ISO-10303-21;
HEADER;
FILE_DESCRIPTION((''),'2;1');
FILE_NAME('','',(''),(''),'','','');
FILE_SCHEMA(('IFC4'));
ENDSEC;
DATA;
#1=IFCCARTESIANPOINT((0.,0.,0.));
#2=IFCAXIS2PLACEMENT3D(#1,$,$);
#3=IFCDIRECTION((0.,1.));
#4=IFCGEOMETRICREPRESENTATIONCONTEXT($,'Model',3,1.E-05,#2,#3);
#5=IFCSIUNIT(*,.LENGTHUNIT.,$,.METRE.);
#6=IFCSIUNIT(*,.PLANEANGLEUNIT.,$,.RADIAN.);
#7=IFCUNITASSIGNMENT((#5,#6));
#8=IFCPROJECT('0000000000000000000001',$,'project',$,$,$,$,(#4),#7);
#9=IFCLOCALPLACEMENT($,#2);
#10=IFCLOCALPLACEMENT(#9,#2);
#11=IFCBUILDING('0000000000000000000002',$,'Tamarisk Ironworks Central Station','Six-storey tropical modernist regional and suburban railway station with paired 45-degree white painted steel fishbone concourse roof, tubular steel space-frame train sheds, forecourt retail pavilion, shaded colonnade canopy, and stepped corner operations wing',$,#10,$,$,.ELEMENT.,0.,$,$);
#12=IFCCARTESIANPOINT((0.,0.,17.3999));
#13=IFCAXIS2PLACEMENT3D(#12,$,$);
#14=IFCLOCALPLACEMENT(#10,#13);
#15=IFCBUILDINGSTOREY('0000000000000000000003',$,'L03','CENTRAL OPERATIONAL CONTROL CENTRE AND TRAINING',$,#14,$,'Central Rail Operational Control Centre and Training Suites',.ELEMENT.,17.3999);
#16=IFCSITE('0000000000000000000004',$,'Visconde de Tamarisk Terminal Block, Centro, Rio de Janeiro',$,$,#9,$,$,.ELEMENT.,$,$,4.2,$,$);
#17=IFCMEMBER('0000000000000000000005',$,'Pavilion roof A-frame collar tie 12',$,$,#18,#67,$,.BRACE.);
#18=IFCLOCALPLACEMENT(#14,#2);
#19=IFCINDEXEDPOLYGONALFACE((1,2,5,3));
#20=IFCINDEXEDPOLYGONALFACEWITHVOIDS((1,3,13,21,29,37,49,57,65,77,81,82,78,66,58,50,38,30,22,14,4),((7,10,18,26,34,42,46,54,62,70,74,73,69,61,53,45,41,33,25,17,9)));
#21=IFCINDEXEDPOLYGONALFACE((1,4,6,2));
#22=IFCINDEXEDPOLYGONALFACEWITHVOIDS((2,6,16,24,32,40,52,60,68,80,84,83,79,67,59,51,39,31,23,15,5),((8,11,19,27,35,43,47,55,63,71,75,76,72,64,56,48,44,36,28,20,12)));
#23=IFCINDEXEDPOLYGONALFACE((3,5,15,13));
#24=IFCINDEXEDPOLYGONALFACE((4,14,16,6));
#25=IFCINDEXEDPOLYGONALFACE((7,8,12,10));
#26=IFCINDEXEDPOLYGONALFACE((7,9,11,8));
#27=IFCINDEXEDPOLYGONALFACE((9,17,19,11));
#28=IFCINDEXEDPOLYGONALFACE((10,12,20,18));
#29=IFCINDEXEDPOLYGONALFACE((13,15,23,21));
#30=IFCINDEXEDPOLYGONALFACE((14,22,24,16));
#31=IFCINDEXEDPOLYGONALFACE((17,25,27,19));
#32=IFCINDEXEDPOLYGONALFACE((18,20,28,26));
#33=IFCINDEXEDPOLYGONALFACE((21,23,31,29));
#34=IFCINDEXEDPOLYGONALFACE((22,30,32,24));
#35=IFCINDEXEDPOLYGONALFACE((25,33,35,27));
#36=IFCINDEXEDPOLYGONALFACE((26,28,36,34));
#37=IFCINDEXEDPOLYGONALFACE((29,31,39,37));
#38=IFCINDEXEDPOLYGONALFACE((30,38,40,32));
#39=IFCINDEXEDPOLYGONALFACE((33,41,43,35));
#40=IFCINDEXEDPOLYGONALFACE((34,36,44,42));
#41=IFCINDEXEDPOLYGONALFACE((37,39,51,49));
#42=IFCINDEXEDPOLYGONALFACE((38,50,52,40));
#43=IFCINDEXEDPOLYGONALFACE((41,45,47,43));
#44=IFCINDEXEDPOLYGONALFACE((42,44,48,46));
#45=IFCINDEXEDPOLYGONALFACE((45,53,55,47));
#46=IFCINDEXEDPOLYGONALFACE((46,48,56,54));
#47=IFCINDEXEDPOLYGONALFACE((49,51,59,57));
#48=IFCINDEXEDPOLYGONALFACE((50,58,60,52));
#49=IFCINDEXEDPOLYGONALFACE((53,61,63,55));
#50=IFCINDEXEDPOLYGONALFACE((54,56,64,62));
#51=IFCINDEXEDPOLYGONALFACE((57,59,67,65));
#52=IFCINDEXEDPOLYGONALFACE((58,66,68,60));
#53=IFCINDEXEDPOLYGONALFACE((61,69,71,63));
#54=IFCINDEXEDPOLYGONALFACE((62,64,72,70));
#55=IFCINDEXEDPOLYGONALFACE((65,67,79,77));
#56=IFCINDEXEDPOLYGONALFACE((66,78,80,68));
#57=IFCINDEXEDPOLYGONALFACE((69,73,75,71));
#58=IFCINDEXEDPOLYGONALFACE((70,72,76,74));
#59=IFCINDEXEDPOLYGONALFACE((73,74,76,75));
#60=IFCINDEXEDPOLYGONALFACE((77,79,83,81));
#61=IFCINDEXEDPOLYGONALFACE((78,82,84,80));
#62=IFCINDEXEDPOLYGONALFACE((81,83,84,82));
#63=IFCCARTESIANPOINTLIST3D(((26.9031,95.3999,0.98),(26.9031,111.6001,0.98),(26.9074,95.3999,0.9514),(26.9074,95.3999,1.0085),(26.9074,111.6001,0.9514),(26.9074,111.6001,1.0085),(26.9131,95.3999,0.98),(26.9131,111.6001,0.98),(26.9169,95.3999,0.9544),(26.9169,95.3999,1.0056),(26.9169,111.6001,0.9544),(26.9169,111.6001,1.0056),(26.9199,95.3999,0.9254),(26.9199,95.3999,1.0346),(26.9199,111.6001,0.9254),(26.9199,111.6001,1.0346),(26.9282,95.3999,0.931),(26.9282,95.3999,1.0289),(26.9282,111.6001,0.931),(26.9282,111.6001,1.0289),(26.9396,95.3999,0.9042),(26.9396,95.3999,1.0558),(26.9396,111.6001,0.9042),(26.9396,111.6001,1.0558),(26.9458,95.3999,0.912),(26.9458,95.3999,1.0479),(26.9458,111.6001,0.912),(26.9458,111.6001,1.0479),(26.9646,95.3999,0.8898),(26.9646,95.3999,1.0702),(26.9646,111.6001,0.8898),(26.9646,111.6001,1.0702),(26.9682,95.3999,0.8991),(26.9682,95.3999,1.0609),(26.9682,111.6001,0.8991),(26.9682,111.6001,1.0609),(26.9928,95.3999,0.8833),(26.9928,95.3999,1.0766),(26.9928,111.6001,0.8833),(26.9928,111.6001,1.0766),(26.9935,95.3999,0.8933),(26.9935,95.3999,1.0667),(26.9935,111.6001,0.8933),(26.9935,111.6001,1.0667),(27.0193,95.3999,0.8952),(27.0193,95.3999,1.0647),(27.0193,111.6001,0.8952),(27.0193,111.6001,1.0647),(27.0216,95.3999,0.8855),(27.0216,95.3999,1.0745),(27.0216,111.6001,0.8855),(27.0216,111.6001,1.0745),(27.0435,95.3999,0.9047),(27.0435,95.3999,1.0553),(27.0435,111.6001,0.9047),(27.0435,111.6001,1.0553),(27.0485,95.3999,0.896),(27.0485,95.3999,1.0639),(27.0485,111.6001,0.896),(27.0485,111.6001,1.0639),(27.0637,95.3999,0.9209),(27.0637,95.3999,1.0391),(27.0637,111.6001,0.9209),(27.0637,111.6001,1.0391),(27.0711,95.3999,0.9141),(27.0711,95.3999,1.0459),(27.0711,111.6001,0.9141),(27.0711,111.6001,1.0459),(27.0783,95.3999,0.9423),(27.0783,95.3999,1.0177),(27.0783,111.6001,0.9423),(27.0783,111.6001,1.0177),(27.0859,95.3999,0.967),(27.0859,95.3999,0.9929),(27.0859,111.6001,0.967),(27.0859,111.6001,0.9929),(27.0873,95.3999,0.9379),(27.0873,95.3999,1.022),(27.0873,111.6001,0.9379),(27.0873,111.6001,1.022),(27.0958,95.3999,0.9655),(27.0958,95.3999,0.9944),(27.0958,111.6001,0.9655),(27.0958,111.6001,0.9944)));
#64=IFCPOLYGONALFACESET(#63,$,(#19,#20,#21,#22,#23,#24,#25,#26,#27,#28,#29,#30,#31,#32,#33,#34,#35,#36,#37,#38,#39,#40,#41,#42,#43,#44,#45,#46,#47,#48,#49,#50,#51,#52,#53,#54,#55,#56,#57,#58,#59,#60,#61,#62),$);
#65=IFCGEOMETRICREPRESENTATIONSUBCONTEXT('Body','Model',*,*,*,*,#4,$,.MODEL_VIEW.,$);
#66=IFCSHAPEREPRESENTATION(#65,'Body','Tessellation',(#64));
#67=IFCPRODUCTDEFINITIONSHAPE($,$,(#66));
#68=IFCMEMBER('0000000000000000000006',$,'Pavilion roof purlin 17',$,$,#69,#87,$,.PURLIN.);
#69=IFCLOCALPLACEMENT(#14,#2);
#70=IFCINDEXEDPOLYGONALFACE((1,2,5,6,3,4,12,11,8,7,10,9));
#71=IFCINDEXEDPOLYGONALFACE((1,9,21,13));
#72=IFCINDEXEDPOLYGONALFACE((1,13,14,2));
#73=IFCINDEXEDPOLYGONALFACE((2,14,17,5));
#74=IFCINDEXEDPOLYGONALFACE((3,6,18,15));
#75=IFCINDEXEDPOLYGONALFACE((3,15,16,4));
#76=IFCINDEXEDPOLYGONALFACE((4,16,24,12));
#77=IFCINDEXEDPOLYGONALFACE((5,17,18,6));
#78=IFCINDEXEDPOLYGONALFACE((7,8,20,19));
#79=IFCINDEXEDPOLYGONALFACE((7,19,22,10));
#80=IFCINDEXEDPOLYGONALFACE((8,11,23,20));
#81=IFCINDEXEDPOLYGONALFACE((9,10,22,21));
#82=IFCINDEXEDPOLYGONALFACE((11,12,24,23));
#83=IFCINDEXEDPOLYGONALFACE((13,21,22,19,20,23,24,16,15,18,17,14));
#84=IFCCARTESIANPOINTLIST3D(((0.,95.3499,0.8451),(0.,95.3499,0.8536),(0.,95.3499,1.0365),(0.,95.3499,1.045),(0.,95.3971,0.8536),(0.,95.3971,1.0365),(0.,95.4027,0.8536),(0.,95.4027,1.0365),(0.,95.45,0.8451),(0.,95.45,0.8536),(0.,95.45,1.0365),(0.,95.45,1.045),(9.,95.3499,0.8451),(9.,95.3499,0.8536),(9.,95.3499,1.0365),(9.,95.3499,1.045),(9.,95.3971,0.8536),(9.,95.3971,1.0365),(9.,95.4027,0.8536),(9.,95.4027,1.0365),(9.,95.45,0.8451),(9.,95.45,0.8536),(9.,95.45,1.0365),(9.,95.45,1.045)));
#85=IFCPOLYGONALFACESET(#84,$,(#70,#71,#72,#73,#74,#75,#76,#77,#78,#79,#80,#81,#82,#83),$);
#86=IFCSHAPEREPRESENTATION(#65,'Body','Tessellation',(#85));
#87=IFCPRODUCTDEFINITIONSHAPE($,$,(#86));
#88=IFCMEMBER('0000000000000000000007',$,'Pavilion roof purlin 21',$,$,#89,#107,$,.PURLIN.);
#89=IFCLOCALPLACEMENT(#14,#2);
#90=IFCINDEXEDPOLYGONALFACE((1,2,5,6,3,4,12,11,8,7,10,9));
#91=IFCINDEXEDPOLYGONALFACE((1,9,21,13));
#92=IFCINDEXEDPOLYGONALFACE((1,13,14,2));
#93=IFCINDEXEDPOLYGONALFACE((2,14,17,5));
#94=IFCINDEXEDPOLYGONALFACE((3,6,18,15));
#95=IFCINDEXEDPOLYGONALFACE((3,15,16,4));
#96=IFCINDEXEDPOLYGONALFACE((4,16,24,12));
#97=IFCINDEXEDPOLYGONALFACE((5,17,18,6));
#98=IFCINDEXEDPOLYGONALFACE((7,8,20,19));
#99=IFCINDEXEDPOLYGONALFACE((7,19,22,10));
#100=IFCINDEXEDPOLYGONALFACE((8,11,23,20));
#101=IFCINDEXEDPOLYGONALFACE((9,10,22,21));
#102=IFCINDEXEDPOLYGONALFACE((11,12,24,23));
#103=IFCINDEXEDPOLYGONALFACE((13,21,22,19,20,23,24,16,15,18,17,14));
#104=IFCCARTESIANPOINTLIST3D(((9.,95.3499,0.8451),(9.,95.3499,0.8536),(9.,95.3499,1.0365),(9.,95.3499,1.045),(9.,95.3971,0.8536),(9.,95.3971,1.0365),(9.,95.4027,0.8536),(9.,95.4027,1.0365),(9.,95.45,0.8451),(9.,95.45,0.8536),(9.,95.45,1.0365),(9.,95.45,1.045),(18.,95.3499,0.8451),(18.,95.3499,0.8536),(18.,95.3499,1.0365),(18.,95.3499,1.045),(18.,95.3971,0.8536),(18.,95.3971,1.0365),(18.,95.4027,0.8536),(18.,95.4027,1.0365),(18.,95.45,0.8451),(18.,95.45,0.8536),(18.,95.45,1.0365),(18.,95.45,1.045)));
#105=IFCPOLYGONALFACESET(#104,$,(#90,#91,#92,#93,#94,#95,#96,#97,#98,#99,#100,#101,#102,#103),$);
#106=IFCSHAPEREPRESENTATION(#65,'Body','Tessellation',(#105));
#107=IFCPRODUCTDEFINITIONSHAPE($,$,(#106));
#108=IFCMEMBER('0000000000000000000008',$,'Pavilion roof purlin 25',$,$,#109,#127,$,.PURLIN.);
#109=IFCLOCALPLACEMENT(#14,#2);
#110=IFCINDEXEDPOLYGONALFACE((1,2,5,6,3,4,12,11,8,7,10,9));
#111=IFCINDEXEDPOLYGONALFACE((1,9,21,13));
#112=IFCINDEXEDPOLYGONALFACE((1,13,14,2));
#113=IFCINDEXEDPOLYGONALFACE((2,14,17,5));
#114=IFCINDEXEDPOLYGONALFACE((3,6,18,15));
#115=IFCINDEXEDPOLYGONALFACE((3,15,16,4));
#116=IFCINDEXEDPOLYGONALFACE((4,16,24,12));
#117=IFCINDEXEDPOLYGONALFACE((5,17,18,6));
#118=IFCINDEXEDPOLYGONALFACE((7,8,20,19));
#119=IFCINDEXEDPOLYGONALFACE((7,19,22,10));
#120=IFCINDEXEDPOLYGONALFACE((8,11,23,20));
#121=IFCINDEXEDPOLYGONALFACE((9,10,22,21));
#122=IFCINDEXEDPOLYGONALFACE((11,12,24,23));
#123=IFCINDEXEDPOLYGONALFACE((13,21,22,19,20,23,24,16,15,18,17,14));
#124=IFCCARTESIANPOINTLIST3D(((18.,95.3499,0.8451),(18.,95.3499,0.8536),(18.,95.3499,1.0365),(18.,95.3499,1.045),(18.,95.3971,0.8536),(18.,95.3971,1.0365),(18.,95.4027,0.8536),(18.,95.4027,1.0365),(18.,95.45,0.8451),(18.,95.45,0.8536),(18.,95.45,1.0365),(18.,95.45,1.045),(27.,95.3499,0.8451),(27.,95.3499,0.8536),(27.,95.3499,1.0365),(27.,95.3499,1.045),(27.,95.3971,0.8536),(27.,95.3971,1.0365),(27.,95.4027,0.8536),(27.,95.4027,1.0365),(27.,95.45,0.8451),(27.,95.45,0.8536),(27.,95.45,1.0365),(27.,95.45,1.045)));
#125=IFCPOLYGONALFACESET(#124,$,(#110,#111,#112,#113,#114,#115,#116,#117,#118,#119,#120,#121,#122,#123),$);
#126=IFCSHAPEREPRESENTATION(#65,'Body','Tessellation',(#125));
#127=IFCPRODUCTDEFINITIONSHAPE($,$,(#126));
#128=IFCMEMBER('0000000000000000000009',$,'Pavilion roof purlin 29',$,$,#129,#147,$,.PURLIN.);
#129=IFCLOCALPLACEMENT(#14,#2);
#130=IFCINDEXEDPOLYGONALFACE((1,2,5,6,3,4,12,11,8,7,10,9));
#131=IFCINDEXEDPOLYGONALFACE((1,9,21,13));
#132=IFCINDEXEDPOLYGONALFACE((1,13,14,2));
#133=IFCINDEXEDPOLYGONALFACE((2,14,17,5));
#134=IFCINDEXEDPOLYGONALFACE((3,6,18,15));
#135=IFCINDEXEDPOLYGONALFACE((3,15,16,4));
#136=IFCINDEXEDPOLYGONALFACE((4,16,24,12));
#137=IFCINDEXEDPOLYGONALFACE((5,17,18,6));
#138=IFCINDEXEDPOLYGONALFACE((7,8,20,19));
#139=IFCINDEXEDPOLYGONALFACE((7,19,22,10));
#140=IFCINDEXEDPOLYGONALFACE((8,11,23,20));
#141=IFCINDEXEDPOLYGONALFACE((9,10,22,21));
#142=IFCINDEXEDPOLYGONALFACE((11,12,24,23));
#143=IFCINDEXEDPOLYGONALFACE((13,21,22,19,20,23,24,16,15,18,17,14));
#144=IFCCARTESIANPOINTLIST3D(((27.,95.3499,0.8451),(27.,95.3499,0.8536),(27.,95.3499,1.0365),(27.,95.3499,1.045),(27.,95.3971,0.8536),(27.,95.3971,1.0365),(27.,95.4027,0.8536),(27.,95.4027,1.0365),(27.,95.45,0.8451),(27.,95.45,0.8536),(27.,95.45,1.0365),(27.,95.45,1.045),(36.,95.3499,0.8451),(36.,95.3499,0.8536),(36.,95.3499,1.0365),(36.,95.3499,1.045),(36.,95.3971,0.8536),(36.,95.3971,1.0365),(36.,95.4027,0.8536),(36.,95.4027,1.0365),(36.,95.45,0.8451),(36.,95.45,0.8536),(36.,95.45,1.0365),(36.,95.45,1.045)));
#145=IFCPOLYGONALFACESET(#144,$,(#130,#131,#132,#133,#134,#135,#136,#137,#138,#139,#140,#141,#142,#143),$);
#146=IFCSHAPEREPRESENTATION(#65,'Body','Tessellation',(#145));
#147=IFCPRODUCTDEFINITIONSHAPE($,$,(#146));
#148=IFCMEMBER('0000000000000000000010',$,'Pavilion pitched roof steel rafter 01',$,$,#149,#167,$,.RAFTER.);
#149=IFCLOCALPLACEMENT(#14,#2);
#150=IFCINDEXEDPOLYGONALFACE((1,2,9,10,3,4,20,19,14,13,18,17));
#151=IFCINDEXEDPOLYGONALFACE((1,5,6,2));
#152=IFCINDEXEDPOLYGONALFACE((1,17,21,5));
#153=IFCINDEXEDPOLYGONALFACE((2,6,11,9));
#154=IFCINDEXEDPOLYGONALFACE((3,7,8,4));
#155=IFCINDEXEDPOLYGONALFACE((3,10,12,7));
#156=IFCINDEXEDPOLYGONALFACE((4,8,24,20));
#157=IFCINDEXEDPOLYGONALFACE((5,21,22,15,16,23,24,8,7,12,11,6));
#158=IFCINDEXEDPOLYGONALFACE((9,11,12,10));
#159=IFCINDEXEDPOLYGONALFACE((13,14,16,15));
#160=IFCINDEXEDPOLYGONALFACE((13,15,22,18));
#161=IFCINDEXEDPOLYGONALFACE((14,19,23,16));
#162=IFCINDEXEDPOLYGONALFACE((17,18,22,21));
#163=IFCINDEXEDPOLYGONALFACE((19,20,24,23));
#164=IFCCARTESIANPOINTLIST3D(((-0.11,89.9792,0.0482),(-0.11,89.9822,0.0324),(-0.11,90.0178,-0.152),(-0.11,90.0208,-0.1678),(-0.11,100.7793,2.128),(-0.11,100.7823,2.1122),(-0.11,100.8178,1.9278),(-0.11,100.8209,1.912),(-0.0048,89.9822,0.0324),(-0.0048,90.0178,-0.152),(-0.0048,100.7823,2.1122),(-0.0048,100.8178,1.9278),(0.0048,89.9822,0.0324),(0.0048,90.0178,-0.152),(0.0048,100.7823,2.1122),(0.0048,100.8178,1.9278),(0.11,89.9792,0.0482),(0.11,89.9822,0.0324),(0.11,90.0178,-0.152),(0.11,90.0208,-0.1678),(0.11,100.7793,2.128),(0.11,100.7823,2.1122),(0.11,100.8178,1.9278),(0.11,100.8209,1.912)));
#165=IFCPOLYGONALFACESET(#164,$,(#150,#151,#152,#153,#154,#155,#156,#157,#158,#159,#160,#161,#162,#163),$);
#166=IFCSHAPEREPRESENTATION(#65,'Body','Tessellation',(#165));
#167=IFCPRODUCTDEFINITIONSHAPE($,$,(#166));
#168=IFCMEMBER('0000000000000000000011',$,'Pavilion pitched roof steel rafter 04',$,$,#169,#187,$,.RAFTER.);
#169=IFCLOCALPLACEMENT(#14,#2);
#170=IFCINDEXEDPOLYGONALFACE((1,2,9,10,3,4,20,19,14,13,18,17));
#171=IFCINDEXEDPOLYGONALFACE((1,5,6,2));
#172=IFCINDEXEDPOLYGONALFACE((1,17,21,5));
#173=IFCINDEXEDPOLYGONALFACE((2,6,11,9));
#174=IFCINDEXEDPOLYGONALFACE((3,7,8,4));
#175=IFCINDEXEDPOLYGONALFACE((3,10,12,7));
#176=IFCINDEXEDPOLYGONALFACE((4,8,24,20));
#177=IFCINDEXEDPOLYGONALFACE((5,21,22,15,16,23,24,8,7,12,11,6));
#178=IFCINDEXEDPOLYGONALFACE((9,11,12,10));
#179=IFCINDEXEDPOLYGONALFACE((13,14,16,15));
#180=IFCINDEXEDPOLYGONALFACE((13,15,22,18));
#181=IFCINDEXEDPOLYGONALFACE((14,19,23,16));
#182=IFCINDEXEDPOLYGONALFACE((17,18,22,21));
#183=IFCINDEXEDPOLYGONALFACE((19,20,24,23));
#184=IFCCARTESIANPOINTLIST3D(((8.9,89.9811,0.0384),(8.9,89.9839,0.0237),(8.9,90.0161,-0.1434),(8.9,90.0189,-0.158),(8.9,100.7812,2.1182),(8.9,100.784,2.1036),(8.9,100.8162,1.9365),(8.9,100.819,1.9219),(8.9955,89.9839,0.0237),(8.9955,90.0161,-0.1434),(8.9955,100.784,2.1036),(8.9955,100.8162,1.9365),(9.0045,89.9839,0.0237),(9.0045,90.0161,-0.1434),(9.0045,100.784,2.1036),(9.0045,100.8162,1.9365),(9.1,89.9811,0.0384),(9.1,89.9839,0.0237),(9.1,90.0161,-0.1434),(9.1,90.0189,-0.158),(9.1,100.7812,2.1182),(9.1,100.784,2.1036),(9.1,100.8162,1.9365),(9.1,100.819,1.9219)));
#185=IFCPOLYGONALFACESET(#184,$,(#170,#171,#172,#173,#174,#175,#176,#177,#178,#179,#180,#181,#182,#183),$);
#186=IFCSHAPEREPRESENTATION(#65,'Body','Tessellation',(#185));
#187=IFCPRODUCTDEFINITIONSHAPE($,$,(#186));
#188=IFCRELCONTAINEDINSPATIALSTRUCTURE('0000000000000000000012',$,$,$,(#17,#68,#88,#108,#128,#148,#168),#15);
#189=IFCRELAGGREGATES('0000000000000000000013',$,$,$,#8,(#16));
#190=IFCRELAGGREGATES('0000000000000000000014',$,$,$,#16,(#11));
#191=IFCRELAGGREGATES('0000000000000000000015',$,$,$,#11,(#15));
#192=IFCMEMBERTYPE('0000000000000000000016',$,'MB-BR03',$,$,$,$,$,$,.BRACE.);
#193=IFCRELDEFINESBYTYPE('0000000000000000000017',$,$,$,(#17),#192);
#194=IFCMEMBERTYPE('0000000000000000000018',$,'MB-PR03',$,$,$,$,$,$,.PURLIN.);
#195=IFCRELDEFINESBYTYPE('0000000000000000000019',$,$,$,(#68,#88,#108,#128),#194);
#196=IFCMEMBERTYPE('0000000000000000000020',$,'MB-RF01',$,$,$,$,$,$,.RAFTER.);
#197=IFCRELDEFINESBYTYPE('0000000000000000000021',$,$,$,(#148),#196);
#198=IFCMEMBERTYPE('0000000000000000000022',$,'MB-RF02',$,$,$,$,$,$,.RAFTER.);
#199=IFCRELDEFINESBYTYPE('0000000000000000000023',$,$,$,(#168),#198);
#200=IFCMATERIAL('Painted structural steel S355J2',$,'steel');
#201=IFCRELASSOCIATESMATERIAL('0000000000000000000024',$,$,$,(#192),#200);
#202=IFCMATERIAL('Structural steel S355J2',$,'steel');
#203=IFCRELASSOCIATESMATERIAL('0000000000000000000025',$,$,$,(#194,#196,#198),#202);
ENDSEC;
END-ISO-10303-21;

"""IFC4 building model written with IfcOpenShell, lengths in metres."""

from ifc_helpers import new_model, si_unit, direction, frame, origin, origin_2d, place, context, subcontext, project, spatial, hollow_circle, i_section, extrude, material, material_profile, profile_set, type_object, element, save


model = new_model("IFC4")

# Units and contexts
model_context = context("Model", 3, precision=1e-05, world=origin(), true_north=direction((0.0, 1.0)))
body_context = subcontext(model_context, "Body", "Model", "MODEL_VIEW")
ifc_project = project(units=[si_unit("LENGTHUNIT", "METRE"), si_unit("PLANEANGLEUNIT", "RADIAN")], contexts=[model_context])

# Site, building, storey
site_placement = place(None, origin())
site = spatial("IfcSite", under=ifc_project, at=site_placement, Name="Visconde de Tamarisk Terminal Block, Centro, Rio de Janeiro", CompositionType="ELEMENT", RefElevation=4.2)
building_placement = place(site_placement, origin())
building = spatial("IfcBuilding", under=site, at=building_placement, Name="Tamarisk Ironworks Central Station", Description="Six-storey tropical modernist regional and suburban railway station with paired 45-degree white painted steel fishbone concourse roof, tubular steel space-frame train sheds, forecourt retail pavilion, shaded colonnade canopy, and stepped corner operations wing", CompositionType="ELEMENT", ElevationOfRefHeight=0.0)
storey_placement = place(building_placement, frame((0.0, 0.0, 17.3999)))
storey = spatial("IfcBuildingStorey", under=building, at=storey_placement, Name="L03", Description="CENTRAL OPERATIONAL CONTROL CENTRE AND TRAINING", LongName="Central Rail Operational Control Centre and Training Suites", CompositionType="ELEMENT", Elevation=17.3999)

# Shared definitions
ifc_material_1 = material(Name="Structural steel S355J2", Category="steel")

# Members
ifc_material_2 = material(Name="Painted structural steel S355J2", Category="steel")
ifc_material_profile_1 = material_profile(ifc_material_2, hollow_circle(Radius=0.0969, WallThickness=0.01, at=origin_2d()), Name="CHS 193.7x10")
ifc_profile_set_1 = profile_set([ifc_material_profile_1], Name="Painted structural steel S355J2")
member_type_1 = type_object("IfcMemberType", Name="MB-BR03", PredefinedType="BRACE", material=ifc_profile_set_1)
for number, where, z_axis, x_axis, name in (
    (1, (27.0, 95.3999, 0.98), (0.0, 1.0, 0.0), (-1.0, 0.0, 0.0), "Pavilion roof A-frame collar tie 12"),
):
    element("IfcMember", number, at=place(storey_placement, frame(where, z_axis=z_axis, x_axis=x_axis)), inside=storey, type_object=member_type_1, Name=name, PredefinedType="BRACE", context=body_context, shape_type="SweptSolid", body=[
        extrude(hollow_circle(Radius=0.0969, WallThickness=0.01, at=origin_2d()), origin(), (0.0, 0.0, 1.0), 16.2002),
    ])
ifc_material_profile_2 = material_profile(ifc_material_1, i_section(OverallWidth=0.1001, OverallDepth=0.2, WebThickness=0.0056, FlangeThickness=0.0085, at=origin_2d()), Name="IPE 200")
ifc_profile_set_2 = profile_set([ifc_material_profile_2], Name="Structural steel S355J2")
member_type_2 = type_object("IfcMemberType", Name="MB-PR03", PredefinedType="PURLIN", material=ifc_profile_set_2)
for number, where, z_axis, x_axis, name in (
    (2, (0.0, 95.3999, 0.9451), (1.0, 0.0, 0.0), (0.0, 1.0, 0.0), "Pavilion roof purlin 17"),
    (3, (9.0, 95.3999, 0.9451), (1.0, 0.0, 0.0), (0.0, 1.0, 0.0), "Pavilion roof purlin 21"),
    (4, (18.0, 95.3999, 0.9451), (1.0, 0.0, 0.0), (0.0, 1.0, 0.0), "Pavilion roof purlin 25"),
    (5, (27.0, 95.3999, 0.9451), (1.0, 0.0, 0.0), (0.0, 1.0, 0.0), "Pavilion roof purlin 29"),
):
    element("IfcMember", number, at=place(storey_placement, frame(where, z_axis=z_axis, x_axis=x_axis)), inside=storey, type_object=member_type_2, Name=name, PredefinedType="PURLIN", context=body_context, shape_type="SweptSolid", body=[
        extrude(i_section(OverallWidth=0.1001, OverallDepth=0.2, WebThickness=0.0056, FlangeThickness=0.0085, at=origin_2d()), origin(), (0.0, 0.0, 1.0), 9.0),
    ])
ifc_material_profile_3 = material_profile(ifc_material_1, i_section(OverallWidth=0.22, OverallDepth=0.22, WebThickness=0.0095, FlangeThickness=0.0161, at=origin_2d()), Name="HEB 220")
ifc_profile_set_3 = profile_set([ifc_material_profile_3], Name="Structural steel S355J2")
member_type_3 = type_object("IfcMemberType", Name="MB-RF01", PredefinedType="RAFTER", material=ifc_profile_set_3)
member_placement = place(storey_placement, frame((0.0, 90.0, -0.0598), z_axis=(0.0, 0.981957, 0.189102), x_axis=(-1.0, 0.0, 0.0)))
element("IfcMember", 6, at=member_placement, inside=storey, type_object=member_type_3, Name="Pavilion pitched roof steel rafter 01", PredefinedType="RAFTER", context=body_context, shape_type="SweptSolid", body=[
    extrude(i_section(OverallWidth=0.22, OverallDepth=0.22, WebThickness=0.0095, FlangeThickness=0.0161, at=origin_2d()), origin(), (0.0, 0.0, 1.0), 10.9985),
])
ifc_material_profile_4 = material_profile(ifc_material_1, i_section(OverallWidth=0.2, OverallDepth=0.2, WebThickness=0.009, FlangeThickness=0.0149, at=origin_2d()), Name="HEB 200")
ifc_profile_set_4 = profile_set([ifc_material_profile_4], Name="Structural steel S355J2")
member_type_4 = type_object("IfcMemberType", Name="MB-RF02", PredefinedType="RAFTER", material=ifc_profile_set_4)
for number, where, z_axis, x_axis, name in (
    (7, (9.0, 90.0, -0.0598), (0.0, 0.981957, 0.189102), (-1.0, 0.0, 0.0), "Pavilion pitched roof steel rafter 04"),
):
    element("IfcMember", number, at=place(storey_placement, frame(where, z_axis=z_axis, x_axis=x_axis)), inside=storey, type_object=member_type_4, Name=name, PredefinedType="RAFTER", context=body_context, shape_type="SweptSolid", body=[
        extrude(i_section(OverallWidth=0.2, OverallDepth=0.2, WebThickness=0.009, FlangeThickness=0.0149, at=origin_2d()), origin(), (0.0, 0.0, 1.0), 10.9985),
    ])

save(model, "model.ifc")
